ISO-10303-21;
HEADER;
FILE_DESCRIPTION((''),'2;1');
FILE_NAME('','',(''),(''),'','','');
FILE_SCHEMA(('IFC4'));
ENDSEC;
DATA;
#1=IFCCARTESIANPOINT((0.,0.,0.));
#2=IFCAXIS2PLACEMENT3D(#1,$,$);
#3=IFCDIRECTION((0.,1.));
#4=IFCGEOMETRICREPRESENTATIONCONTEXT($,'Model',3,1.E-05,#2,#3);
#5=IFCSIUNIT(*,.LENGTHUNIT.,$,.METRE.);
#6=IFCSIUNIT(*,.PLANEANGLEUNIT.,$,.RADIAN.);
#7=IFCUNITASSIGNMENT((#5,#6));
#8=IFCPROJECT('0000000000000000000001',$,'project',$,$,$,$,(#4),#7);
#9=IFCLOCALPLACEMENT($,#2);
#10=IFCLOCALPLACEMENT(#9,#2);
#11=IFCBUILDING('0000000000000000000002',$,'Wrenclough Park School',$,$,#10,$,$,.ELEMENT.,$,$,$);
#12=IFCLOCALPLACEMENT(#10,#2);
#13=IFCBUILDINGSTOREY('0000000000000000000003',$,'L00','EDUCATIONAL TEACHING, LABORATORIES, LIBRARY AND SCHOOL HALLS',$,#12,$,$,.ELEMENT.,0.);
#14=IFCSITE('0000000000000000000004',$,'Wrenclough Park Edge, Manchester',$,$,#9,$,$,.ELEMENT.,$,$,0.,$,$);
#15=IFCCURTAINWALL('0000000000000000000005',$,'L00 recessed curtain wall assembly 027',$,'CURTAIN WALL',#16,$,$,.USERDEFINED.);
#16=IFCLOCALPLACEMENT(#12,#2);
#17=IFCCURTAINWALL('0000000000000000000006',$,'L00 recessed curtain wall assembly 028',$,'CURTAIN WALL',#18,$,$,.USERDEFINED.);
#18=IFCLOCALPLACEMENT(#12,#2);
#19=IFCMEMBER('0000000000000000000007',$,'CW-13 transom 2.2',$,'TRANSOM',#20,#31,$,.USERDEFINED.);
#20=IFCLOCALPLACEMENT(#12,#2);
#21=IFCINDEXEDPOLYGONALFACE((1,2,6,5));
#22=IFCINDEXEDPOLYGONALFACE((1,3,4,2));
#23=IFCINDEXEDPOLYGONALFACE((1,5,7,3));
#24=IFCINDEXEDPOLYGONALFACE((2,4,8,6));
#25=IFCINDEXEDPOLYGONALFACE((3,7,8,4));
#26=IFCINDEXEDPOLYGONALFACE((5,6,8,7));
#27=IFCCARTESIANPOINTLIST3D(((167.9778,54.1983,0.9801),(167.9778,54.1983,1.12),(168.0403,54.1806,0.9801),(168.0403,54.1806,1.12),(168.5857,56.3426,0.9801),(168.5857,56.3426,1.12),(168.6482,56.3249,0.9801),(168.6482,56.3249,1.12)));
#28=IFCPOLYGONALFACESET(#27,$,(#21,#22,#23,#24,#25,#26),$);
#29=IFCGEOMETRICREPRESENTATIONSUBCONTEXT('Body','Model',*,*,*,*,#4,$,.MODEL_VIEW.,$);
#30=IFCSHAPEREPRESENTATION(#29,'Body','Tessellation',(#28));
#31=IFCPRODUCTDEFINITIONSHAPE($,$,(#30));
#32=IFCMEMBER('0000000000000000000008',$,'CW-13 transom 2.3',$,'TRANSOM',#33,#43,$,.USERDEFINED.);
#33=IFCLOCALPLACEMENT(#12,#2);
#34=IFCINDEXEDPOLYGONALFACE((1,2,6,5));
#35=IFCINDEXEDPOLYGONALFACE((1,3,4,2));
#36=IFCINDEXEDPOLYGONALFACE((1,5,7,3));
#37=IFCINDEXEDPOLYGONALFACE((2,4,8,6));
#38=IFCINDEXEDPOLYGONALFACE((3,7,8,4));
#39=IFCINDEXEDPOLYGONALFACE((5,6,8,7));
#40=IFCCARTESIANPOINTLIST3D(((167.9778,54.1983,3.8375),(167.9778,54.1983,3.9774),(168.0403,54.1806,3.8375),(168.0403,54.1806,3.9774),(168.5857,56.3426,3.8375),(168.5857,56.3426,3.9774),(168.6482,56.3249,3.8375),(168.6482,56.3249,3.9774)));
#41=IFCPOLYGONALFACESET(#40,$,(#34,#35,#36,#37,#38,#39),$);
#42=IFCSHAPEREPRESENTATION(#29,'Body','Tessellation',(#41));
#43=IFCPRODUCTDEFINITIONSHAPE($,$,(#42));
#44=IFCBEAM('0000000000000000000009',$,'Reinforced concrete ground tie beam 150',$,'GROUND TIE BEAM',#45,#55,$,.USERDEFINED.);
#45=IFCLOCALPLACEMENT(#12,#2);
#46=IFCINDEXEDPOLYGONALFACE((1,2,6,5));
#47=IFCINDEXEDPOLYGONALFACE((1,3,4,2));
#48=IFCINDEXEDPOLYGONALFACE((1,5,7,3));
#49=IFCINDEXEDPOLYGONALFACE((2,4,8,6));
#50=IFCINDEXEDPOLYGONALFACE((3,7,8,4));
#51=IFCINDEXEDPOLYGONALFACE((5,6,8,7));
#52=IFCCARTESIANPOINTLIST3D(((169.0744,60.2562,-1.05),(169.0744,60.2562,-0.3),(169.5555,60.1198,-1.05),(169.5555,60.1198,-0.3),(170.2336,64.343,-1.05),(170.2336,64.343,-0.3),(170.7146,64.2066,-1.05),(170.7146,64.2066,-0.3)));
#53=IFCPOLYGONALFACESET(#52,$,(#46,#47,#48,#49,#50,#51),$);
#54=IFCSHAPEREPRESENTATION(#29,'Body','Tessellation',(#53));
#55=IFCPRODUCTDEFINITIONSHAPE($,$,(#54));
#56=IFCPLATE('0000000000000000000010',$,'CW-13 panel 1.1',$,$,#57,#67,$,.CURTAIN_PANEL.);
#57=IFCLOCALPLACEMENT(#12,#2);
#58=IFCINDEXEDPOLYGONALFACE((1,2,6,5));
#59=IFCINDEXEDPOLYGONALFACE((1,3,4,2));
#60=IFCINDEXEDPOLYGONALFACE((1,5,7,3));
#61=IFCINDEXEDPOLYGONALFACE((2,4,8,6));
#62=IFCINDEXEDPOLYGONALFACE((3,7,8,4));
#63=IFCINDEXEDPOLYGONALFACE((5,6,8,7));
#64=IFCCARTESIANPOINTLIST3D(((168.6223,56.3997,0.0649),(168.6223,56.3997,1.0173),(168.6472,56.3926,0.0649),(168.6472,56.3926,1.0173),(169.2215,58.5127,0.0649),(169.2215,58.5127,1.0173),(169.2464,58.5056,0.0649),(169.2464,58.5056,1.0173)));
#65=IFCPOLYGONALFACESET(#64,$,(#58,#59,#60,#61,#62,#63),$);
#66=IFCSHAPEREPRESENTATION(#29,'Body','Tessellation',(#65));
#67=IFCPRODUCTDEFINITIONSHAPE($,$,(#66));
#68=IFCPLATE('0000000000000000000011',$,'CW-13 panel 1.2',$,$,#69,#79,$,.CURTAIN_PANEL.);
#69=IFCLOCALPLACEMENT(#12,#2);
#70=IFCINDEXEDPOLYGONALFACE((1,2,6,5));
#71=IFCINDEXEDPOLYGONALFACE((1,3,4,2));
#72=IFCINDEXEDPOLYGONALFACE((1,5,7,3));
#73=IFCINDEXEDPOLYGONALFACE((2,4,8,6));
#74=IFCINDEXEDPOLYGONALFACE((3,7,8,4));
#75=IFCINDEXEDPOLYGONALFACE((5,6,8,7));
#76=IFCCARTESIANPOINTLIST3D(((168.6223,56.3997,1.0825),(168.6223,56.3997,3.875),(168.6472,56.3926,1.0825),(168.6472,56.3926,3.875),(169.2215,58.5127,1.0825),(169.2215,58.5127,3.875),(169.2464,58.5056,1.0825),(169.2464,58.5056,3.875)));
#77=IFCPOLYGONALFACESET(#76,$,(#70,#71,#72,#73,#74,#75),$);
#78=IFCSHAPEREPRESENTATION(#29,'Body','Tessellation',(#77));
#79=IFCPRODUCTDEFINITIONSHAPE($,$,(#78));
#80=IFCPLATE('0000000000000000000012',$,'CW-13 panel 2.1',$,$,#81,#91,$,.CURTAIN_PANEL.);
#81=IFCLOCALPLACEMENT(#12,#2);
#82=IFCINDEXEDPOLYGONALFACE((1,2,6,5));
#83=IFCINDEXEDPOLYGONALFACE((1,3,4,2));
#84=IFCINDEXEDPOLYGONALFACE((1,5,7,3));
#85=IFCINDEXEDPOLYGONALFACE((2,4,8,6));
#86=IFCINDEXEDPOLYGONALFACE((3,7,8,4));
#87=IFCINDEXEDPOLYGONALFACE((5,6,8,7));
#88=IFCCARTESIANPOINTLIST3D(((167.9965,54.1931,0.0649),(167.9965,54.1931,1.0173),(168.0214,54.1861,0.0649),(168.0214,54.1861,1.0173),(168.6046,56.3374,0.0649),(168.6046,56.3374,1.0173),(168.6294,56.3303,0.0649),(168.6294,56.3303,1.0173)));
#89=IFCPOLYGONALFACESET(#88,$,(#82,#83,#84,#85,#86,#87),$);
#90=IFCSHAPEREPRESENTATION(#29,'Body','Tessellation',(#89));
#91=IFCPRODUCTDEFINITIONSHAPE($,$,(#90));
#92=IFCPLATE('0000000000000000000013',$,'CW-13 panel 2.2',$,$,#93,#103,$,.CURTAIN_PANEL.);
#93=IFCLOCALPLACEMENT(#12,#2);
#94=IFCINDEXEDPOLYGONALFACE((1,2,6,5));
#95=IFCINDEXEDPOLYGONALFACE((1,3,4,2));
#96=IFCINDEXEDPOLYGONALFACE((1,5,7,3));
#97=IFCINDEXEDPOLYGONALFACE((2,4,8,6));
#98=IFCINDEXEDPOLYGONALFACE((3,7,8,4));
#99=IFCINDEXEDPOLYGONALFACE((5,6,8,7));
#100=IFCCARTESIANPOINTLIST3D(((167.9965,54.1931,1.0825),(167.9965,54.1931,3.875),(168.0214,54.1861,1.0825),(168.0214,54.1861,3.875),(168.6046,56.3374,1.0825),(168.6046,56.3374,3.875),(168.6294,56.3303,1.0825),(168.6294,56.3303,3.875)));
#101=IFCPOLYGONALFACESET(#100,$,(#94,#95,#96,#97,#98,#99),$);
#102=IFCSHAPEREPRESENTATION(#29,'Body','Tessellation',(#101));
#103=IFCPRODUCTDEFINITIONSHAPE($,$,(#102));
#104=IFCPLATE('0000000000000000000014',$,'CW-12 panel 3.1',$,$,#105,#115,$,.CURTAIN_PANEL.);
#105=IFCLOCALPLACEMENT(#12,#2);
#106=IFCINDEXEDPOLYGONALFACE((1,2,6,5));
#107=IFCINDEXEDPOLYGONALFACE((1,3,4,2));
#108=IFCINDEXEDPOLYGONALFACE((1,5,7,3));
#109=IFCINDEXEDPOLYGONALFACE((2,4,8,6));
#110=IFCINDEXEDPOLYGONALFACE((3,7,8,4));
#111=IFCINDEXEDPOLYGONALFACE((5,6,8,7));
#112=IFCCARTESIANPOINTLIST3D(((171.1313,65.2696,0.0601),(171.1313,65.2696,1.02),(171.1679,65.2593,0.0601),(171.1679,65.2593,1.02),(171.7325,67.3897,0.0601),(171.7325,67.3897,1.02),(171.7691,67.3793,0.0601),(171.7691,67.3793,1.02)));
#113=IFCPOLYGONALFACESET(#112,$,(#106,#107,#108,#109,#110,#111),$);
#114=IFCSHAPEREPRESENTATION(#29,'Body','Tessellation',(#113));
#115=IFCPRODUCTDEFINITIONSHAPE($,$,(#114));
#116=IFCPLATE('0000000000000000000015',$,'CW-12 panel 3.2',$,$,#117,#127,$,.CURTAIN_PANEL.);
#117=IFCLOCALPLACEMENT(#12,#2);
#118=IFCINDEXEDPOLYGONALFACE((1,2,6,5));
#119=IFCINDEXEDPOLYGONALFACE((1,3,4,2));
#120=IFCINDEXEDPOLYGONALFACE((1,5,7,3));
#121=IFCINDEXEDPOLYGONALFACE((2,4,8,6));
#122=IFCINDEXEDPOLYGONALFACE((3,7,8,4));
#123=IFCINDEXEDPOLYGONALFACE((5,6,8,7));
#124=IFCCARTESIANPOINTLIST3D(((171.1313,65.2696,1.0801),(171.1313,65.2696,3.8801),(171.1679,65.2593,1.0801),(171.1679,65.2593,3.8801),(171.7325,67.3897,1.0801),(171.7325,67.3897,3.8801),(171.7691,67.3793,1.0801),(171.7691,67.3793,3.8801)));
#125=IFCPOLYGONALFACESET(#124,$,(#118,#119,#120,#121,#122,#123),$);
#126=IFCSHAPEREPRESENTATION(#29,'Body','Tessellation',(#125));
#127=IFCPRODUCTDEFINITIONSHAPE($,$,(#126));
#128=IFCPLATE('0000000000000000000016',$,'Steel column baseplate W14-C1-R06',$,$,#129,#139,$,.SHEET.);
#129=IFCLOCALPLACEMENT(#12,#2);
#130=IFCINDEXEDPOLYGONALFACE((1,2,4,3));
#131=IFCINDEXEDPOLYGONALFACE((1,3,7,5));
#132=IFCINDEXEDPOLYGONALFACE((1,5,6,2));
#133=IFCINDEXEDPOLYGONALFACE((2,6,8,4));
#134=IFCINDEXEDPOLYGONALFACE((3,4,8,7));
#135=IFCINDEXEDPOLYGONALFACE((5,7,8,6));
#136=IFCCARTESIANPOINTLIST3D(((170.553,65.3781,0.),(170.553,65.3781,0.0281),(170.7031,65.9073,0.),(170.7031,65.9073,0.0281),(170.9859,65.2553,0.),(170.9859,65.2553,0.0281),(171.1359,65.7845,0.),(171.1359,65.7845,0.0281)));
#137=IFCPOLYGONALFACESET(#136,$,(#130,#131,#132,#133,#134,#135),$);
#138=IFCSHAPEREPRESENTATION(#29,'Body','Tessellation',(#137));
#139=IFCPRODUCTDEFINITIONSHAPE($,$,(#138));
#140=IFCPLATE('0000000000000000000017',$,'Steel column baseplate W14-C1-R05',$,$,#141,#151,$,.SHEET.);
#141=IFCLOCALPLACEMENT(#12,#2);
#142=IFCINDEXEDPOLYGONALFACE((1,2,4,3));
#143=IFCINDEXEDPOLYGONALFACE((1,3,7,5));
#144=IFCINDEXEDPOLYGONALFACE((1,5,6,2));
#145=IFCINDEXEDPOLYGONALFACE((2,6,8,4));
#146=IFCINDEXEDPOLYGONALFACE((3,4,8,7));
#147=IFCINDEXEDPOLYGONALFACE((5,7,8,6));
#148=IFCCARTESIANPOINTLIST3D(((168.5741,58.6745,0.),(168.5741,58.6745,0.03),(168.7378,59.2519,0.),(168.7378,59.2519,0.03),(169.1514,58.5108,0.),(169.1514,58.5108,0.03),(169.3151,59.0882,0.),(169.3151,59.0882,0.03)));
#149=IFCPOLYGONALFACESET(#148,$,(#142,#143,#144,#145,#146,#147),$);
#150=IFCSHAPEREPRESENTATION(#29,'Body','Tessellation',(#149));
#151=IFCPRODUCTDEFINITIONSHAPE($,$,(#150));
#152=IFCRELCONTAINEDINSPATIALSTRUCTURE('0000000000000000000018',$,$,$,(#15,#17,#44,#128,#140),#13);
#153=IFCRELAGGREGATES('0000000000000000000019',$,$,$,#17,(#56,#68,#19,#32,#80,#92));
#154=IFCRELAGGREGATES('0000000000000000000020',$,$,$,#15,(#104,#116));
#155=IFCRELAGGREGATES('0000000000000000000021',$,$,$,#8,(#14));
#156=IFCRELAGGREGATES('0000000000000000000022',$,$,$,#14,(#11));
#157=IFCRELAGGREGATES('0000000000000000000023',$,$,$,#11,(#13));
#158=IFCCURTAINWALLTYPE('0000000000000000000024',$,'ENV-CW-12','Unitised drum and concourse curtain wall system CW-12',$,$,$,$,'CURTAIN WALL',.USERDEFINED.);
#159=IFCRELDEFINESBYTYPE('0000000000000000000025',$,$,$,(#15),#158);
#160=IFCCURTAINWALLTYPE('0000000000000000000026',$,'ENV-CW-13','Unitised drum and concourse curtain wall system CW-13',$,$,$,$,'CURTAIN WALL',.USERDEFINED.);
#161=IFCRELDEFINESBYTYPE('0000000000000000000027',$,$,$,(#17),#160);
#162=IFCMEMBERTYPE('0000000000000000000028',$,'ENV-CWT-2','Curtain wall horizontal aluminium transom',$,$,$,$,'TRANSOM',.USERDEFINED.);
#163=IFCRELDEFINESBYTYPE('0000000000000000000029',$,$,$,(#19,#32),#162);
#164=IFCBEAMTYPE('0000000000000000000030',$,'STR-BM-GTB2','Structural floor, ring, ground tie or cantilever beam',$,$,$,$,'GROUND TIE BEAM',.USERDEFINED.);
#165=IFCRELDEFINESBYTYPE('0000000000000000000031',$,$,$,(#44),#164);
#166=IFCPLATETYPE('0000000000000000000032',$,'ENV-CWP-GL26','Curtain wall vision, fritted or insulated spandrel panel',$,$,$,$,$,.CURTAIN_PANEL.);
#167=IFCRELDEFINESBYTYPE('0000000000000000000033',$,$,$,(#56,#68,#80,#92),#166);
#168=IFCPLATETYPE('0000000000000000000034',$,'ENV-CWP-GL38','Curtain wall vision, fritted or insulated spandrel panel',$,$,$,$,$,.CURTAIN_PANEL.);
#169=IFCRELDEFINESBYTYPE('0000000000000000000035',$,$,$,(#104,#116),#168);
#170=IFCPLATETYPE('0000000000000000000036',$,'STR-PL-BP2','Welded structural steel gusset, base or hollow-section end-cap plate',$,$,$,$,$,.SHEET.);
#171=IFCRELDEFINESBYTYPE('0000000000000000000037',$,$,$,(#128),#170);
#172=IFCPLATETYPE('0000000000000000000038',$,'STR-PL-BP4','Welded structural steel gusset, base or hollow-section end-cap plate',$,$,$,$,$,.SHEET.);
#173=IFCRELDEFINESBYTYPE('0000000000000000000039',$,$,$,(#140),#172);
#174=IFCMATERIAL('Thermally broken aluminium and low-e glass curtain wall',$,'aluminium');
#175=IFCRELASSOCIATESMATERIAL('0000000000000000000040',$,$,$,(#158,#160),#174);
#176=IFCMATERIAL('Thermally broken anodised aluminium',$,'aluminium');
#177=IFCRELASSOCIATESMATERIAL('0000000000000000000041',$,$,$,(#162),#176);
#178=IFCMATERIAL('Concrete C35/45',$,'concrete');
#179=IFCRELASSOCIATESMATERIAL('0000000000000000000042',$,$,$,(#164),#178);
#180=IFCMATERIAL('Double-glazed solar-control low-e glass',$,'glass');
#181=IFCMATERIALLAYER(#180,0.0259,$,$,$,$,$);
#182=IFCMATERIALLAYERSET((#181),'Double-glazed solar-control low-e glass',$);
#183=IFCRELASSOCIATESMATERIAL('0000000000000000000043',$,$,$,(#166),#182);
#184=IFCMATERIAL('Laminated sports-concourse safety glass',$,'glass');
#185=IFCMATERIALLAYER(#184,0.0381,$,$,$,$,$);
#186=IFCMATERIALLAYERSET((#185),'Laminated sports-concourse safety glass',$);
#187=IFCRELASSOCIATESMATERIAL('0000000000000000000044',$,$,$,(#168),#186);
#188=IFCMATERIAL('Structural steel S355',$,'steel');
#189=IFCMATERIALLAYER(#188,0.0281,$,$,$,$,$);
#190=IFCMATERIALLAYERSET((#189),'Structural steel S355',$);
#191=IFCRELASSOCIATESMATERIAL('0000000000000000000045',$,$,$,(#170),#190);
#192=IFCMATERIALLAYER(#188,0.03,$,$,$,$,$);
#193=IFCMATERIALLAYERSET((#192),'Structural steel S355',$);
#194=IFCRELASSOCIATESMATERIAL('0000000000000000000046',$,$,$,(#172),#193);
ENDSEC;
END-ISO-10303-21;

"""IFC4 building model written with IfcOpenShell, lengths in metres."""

from ifc_helpers import new_model, si_unit, direction, frame, origin, origin_2d, place, context, subcontext, project, spatial, rectangle, extrude, material, layer, layer_set, material_profile, profile_set, type_object, element, aggregate, save


model = new_model("IFC4")

# Units and contexts
model_context = context("Model", 3, precision=1e-05, world=origin(), true_north=direction((0.0, 1.0)))
body_context = subcontext(model_context, "Body", "Model", "MODEL_VIEW")
ifc_project = project(units=[si_unit("LENGTHUNIT", "METRE"), si_unit("PLANEANGLEUNIT", "RADIAN")], contexts=[model_context])

# Site, building, storey
site_placement = place(None, origin())
site = spatial("IfcSite", under=ifc_project, at=site_placement, Name="Wrenclough Park Edge, Manchester", CompositionType="ELEMENT", RefElevation=0.0)
building_placement = place(site_placement, origin())
building = spatial("IfcBuilding", under=site, at=building_placement, Name="Wrenclough Park School", CompositionType="ELEMENT")
storey_placement = place(building_placement, origin())
storey = spatial("IfcBuildingStorey", under=building, at=storey_placement, Name="L00", Description="EDUCATIONAL TEACHING, LABORATORIES, LIBRARY AND SCHOOL HALLS", CompositionType="ELEMENT", Elevation=0.0)

# Shared definitions
ifc_material_1 = material(Name="Concrete C35/45", Category="concrete")

# Shared definitions
ifc_material_2 = material(Name="Structural steel S355", Category="steel")

# Curtain wall
ifc_material_3 = material(Name="Thermally broken aluminium and low-e glass curtain wall", Category="aluminium")
curtain_wall_type_1 = type_object("IfcCurtainWallType", Name="ENV-CW-12", Description="Unitised drum and concourse curtain wall system CW-12", ElementType="CURTAIN WALL", PredefinedType="USERDEFINED", material=ifc_material_3)
curtain_wall_1_placement = place(storey_placement, origin())
curtain_wall_1 = element("IfcCurtainWall", 1, at=curtain_wall_1_placement, inside=storey, type_object=curtain_wall_type_1, Name="L00 recessed curtain wall assembly 027", ObjectType="CURTAIN WALL", PredefinedType="USERDEFINED")
ifc_material_4 = material(Name="Thermally broken anodised aluminium", Category="aluminium")

# Curtain wall, members
curtain_wall_type_2 = type_object("IfcCurtainWallType", Name="ENV-CW-13", Description="Unitised drum and concourse curtain wall system CW-13", ElementType="CURTAIN WALL", PredefinedType="USERDEFINED", material=ifc_material_3)
curtain_wall_2_placement = place(storey_placement, origin())
curtain_wall_2 = element("IfcCurtainWall", 2, at=curtain_wall_2_placement, inside=storey, type_object=curtain_wall_type_2, Name="L00 recessed curtain wall assembly 028", ObjectType="CURTAIN WALL", PredefinedType="USERDEFINED")
ifc_material_profile_1 = material_profile(ifc_material_4, rectangle(XDim=0.0649, YDim=0.1399, at=origin_2d()), Name="AL TRANSOM 65x140")
ifc_profile_set_1 = profile_set([ifc_material_profile_1], Name="Thermally broken anodised aluminium")
member_type_1 = type_object("IfcMemberType", Name="ENV-CWT-2", Description="Curtain wall horizontal aluminium transom", ElementType="TRANSOM", PredefinedType="USERDEFINED", material=ifc_profile_set_1)
member_1_placement = place(storey_placement, frame((168.6169, 56.3337, 1.05), z_axis=(-0.272753, -0.962084, 0.0), x_axis=(0.962084, -0.272753, 0.0)))
member_1 = element("IfcMember", 3, at=member_1_placement, type_object=member_type_1, Name="CW-13 transom 2.2", ObjectType="TRANSOM", PredefinedType="USERDEFINED", context=body_context, shape_type="SweptSolid", body=[
    extrude(rectangle(XDim=0.0649, YDim=0.1399, at=origin_2d()), origin(), (0.0, 0.0, 1.0), 2.2288),
])
member_2_placement = place(storey_placement, frame((168.6169, 56.3337, 3.9075), z_axis=(-0.272753, -0.962084, 0.0), x_axis=(0.962084, -0.272753, 0.0)))
member_2 = element("IfcMember", 4, at=member_2_placement, type_object=member_type_1, Name="CW-13 transom 2.3", ObjectType="TRANSOM", PredefinedType="USERDEFINED", context=body_context, shape_type="SweptSolid", body=[
    extrude(rectangle(XDim=0.0649, YDim=0.1399, at=origin_2d()), origin(), (0.0, 0.0, 1.0), 2.2288),
])

# Beam
ifc_material_profile_2 = material_profile(ifc_material_1, rectangle(XDim=0.5, YDim=0.75, at=origin_2d()), Name="RC GROUND 500x750")
ifc_profile_set_2 = profile_set([ifc_material_profile_2], Name="Concrete C35/45")
beam_type = type_object("IfcBeamType", Name="STR-BM-GTB2", Description="Structural floor, ring, ground tie or cantilever beam", ElementType="GROUND TIE BEAM", PredefinedType="USERDEFINED", material=ifc_profile_set_2)
beam_placement = place(storey_placement, frame((169.3149, 60.188, -0.675), z_axis=(0.272869, 0.962051, 0.0), x_axis=(-0.962051, 0.272869, 0.0)))
element("IfcBeam", 5, at=beam_placement, inside=storey, type_object=beam_type, Name="Reinforced concrete ground tie beam 150", ObjectType="GROUND TIE BEAM", PredefinedType="USERDEFINED", context=body_context, shape_type="SweptSolid", body=[
    extrude(rectangle(XDim=0.5, YDim=0.75, at=origin_2d()), origin(), (0.0, 0.0, 1.0), 4.248),
])

# Plates
ifc_material_5 = material(Name="Double-glazed solar-control low-e glass", Category="glass")
ifc_layer_1 = layer(ifc_material_5, 0.0259)
ifc_layer_set_1 = layer_set([ifc_layer_1], Name="Double-glazed solar-control low-e glass")
plate_type_1 = type_object("IfcPlateType", Name="ENV-CWP-GL26", Description="Curtain wall vision, fritted or insulated spandrel panel", PredefinedType="CURTAIN_PANEL", material=ifc_layer_set_1)
plate_1_placement = place(storey_placement, frame((168.9343, 57.4526, 0.0649), z_axis=(0.0, 0.0, 1.0), x_axis=(-0.272809, -0.962068, 0.0)))
plate_1 = element("IfcPlate", 6, at=plate_1_placement, type_object=plate_type_1, Name="CW-13 panel 1.1", PredefinedType="CURTAIN_PANEL", context=body_context, shape_type="SweptSolid", body=[
    extrude(rectangle(XDim=2.1963, YDim=0.0259, at=origin_2d()), origin(), (0.0, 0.0, 1.0), 0.9524),
])
plate_2_placement = place(storey_placement, frame((168.9343, 57.4526, 1.0825), z_axis=(0.0, 0.0, 1.0), x_axis=(-0.272809, -0.962068, 0.0)))
plate_2 = element("IfcPlate", 7, at=plate_2_placement, type_object=plate_type_1, Name="CW-13 panel 1.2", PredefinedType="CURTAIN_PANEL", context=body_context, shape_type="SweptSolid", body=[
    extrude(rectangle(XDim=2.1963, YDim=0.0259, at=origin_2d()), origin(), (0.0, 0.0, 1.0), 2.7925),
])
plate_3_placement = place(storey_placement, frame((168.313, 55.2617, 0.0649), z_axis=(0.0, 0.0, 1.0), x_axis=(-0.272809, -0.962068, 0.0)))
plate_3 = element("IfcPlate", 8, at=plate_3_placement, type_object=plate_type_1, Name="CW-13 panel 2.1", PredefinedType="CURTAIN_PANEL", context=body_context, shape_type="SweptSolid", body=[
    extrude(rectangle(XDim=2.2288, YDim=0.0259, at=origin_2d()), origin(), (0.0, 0.0, 1.0), 0.9524),
])
plate_4_placement = place(storey_placement, frame((168.313, 55.2617, 1.0825), z_axis=(0.0, 0.0, 1.0), x_axis=(-0.272809, -0.962068, 0.0)))
plate_4 = element("IfcPlate", 9, at=plate_4_placement, type_object=plate_type_1, Name="CW-13 panel 2.2", PredefinedType="CURTAIN_PANEL", context=body_context, shape_type="SweptSolid", body=[
    extrude(rectangle(XDim=2.2288, YDim=0.0259, at=origin_2d()), origin(), (0.0, 0.0, 1.0), 2.7925),
])
aggregate(curtain_wall_2, [plate_1, plate_2, member_1, member_2, plate_3, plate_4])
ifc_material_6 = material(Name="Laminated sports-concourse safety glass", Category="glass")
ifc_layer_2 = layer(ifc_material_6, 0.0381)
ifc_layer_set_2 = layer_set([ifc_layer_2], Name="Laminated sports-concourse safety glass")
plate_type_2 = type_object("IfcPlateType", Name="ENV-CWP-GL38", Description="Curtain wall vision, fritted or insulated spandrel panel", PredefinedType="CURTAIN_PANEL", material=ifc_layer_set_2)
plate_5_placement = place(storey_placement, frame((171.4502, 66.3245, 0.0601), z_axis=(0.0, 0.0, 1.0), x_axis=(-0.272809, -0.962068, 0.0)))
plate_5 = element("IfcPlate", 10, at=plate_5_placement, type_object=plate_type_2, Name="CW-12 panel 3.1", PredefinedType="CURTAIN_PANEL", context=body_context, shape_type="SweptSolid", body=[
    extrude(rectangle(XDim=2.2036, YDim=0.0381, at=origin_2d()), origin(), (0.0, 0.0, 1.0), 0.96),
])
plate_6_placement = place(storey_placement, frame((171.4502, 66.3245, 1.0801), z_axis=(0.0, 0.0, 1.0), x_axis=(-0.272809, -0.962068, 0.0)))
plate_6 = element("IfcPlate", 11, at=plate_6_placement, type_object=plate_type_2, Name="CW-12 panel 3.2", PredefinedType="CURTAIN_PANEL", context=body_context, shape_type="SweptSolid", body=[
    extrude(rectangle(XDim=2.2036, YDim=0.0381, at=origin_2d()), origin(), (0.0, 0.0, 1.0), 2.8),
])
aggregate(curtain_wall_1, [plate_5, plate_6])

# Plates
ifc_layer_3 = layer(ifc_material_2, 0.0281)
ifc_layer_set_3 = layer_set([ifc_layer_3], Name="Structural steel S355")
plate_type_3 = type_object("IfcPlateType", Name="STR-PL-BP2", Description="Welded structural steel gusset, base or hollow-section end-cap plate", PredefinedType="SHEET", material=ifc_layer_set_3)
plate_7_placement = place(storey_placement, frame((170.8445, 65.5813, 0.0), z_axis=(0.0, 0.0, 1.0), x_axis=(0.272784, 0.962075, 0.0)))
element("IfcPlate", 12, at=plate_7_placement, inside=storey, type_object=plate_type_3, Name="Steel column baseplate W14-C1-R06", PredefinedType="SHEET", context=body_context, shape_type="SweptSolid", body=[
    extrude(rectangle(XDim=0.55, YDim=0.45, at=origin_2d()), origin(), (0.0, 0.0, 1.0), 0.0281),
])
ifc_layer_4 = layer(ifc_material_2, 0.03)
ifc_layer_set_4 = layer_set([ifc_layer_4], Name="Structural steel S355")
plate_type_4 = type_object("IfcPlateType", Name="STR-PL-BP4", Description="Welded structural steel gusset, base or hollow-section end-cap plate", PredefinedType="SHEET", material=ifc_layer_set_4)
plate_8_placement = place(storey_placement, frame((168.9446, 58.8813, 0.0), z_axis=(0.0, 0.0, 1.0), x_axis=(0.272784, 0.962075, 0.0)))
element("IfcPlate", 13, at=plate_8_placement, inside=storey, type_object=plate_type_4, Name="Steel column baseplate W14-C1-R05", PredefinedType="SHEET", context=body_context, shape_type="SweptSolid", body=[
    extrude(rectangle(XDim=0.6001, YDim=0.6001, at=origin_2d()), origin(), (0.0, 0.0, 1.0), 0.03),
])

save(model, "model.ifc")
